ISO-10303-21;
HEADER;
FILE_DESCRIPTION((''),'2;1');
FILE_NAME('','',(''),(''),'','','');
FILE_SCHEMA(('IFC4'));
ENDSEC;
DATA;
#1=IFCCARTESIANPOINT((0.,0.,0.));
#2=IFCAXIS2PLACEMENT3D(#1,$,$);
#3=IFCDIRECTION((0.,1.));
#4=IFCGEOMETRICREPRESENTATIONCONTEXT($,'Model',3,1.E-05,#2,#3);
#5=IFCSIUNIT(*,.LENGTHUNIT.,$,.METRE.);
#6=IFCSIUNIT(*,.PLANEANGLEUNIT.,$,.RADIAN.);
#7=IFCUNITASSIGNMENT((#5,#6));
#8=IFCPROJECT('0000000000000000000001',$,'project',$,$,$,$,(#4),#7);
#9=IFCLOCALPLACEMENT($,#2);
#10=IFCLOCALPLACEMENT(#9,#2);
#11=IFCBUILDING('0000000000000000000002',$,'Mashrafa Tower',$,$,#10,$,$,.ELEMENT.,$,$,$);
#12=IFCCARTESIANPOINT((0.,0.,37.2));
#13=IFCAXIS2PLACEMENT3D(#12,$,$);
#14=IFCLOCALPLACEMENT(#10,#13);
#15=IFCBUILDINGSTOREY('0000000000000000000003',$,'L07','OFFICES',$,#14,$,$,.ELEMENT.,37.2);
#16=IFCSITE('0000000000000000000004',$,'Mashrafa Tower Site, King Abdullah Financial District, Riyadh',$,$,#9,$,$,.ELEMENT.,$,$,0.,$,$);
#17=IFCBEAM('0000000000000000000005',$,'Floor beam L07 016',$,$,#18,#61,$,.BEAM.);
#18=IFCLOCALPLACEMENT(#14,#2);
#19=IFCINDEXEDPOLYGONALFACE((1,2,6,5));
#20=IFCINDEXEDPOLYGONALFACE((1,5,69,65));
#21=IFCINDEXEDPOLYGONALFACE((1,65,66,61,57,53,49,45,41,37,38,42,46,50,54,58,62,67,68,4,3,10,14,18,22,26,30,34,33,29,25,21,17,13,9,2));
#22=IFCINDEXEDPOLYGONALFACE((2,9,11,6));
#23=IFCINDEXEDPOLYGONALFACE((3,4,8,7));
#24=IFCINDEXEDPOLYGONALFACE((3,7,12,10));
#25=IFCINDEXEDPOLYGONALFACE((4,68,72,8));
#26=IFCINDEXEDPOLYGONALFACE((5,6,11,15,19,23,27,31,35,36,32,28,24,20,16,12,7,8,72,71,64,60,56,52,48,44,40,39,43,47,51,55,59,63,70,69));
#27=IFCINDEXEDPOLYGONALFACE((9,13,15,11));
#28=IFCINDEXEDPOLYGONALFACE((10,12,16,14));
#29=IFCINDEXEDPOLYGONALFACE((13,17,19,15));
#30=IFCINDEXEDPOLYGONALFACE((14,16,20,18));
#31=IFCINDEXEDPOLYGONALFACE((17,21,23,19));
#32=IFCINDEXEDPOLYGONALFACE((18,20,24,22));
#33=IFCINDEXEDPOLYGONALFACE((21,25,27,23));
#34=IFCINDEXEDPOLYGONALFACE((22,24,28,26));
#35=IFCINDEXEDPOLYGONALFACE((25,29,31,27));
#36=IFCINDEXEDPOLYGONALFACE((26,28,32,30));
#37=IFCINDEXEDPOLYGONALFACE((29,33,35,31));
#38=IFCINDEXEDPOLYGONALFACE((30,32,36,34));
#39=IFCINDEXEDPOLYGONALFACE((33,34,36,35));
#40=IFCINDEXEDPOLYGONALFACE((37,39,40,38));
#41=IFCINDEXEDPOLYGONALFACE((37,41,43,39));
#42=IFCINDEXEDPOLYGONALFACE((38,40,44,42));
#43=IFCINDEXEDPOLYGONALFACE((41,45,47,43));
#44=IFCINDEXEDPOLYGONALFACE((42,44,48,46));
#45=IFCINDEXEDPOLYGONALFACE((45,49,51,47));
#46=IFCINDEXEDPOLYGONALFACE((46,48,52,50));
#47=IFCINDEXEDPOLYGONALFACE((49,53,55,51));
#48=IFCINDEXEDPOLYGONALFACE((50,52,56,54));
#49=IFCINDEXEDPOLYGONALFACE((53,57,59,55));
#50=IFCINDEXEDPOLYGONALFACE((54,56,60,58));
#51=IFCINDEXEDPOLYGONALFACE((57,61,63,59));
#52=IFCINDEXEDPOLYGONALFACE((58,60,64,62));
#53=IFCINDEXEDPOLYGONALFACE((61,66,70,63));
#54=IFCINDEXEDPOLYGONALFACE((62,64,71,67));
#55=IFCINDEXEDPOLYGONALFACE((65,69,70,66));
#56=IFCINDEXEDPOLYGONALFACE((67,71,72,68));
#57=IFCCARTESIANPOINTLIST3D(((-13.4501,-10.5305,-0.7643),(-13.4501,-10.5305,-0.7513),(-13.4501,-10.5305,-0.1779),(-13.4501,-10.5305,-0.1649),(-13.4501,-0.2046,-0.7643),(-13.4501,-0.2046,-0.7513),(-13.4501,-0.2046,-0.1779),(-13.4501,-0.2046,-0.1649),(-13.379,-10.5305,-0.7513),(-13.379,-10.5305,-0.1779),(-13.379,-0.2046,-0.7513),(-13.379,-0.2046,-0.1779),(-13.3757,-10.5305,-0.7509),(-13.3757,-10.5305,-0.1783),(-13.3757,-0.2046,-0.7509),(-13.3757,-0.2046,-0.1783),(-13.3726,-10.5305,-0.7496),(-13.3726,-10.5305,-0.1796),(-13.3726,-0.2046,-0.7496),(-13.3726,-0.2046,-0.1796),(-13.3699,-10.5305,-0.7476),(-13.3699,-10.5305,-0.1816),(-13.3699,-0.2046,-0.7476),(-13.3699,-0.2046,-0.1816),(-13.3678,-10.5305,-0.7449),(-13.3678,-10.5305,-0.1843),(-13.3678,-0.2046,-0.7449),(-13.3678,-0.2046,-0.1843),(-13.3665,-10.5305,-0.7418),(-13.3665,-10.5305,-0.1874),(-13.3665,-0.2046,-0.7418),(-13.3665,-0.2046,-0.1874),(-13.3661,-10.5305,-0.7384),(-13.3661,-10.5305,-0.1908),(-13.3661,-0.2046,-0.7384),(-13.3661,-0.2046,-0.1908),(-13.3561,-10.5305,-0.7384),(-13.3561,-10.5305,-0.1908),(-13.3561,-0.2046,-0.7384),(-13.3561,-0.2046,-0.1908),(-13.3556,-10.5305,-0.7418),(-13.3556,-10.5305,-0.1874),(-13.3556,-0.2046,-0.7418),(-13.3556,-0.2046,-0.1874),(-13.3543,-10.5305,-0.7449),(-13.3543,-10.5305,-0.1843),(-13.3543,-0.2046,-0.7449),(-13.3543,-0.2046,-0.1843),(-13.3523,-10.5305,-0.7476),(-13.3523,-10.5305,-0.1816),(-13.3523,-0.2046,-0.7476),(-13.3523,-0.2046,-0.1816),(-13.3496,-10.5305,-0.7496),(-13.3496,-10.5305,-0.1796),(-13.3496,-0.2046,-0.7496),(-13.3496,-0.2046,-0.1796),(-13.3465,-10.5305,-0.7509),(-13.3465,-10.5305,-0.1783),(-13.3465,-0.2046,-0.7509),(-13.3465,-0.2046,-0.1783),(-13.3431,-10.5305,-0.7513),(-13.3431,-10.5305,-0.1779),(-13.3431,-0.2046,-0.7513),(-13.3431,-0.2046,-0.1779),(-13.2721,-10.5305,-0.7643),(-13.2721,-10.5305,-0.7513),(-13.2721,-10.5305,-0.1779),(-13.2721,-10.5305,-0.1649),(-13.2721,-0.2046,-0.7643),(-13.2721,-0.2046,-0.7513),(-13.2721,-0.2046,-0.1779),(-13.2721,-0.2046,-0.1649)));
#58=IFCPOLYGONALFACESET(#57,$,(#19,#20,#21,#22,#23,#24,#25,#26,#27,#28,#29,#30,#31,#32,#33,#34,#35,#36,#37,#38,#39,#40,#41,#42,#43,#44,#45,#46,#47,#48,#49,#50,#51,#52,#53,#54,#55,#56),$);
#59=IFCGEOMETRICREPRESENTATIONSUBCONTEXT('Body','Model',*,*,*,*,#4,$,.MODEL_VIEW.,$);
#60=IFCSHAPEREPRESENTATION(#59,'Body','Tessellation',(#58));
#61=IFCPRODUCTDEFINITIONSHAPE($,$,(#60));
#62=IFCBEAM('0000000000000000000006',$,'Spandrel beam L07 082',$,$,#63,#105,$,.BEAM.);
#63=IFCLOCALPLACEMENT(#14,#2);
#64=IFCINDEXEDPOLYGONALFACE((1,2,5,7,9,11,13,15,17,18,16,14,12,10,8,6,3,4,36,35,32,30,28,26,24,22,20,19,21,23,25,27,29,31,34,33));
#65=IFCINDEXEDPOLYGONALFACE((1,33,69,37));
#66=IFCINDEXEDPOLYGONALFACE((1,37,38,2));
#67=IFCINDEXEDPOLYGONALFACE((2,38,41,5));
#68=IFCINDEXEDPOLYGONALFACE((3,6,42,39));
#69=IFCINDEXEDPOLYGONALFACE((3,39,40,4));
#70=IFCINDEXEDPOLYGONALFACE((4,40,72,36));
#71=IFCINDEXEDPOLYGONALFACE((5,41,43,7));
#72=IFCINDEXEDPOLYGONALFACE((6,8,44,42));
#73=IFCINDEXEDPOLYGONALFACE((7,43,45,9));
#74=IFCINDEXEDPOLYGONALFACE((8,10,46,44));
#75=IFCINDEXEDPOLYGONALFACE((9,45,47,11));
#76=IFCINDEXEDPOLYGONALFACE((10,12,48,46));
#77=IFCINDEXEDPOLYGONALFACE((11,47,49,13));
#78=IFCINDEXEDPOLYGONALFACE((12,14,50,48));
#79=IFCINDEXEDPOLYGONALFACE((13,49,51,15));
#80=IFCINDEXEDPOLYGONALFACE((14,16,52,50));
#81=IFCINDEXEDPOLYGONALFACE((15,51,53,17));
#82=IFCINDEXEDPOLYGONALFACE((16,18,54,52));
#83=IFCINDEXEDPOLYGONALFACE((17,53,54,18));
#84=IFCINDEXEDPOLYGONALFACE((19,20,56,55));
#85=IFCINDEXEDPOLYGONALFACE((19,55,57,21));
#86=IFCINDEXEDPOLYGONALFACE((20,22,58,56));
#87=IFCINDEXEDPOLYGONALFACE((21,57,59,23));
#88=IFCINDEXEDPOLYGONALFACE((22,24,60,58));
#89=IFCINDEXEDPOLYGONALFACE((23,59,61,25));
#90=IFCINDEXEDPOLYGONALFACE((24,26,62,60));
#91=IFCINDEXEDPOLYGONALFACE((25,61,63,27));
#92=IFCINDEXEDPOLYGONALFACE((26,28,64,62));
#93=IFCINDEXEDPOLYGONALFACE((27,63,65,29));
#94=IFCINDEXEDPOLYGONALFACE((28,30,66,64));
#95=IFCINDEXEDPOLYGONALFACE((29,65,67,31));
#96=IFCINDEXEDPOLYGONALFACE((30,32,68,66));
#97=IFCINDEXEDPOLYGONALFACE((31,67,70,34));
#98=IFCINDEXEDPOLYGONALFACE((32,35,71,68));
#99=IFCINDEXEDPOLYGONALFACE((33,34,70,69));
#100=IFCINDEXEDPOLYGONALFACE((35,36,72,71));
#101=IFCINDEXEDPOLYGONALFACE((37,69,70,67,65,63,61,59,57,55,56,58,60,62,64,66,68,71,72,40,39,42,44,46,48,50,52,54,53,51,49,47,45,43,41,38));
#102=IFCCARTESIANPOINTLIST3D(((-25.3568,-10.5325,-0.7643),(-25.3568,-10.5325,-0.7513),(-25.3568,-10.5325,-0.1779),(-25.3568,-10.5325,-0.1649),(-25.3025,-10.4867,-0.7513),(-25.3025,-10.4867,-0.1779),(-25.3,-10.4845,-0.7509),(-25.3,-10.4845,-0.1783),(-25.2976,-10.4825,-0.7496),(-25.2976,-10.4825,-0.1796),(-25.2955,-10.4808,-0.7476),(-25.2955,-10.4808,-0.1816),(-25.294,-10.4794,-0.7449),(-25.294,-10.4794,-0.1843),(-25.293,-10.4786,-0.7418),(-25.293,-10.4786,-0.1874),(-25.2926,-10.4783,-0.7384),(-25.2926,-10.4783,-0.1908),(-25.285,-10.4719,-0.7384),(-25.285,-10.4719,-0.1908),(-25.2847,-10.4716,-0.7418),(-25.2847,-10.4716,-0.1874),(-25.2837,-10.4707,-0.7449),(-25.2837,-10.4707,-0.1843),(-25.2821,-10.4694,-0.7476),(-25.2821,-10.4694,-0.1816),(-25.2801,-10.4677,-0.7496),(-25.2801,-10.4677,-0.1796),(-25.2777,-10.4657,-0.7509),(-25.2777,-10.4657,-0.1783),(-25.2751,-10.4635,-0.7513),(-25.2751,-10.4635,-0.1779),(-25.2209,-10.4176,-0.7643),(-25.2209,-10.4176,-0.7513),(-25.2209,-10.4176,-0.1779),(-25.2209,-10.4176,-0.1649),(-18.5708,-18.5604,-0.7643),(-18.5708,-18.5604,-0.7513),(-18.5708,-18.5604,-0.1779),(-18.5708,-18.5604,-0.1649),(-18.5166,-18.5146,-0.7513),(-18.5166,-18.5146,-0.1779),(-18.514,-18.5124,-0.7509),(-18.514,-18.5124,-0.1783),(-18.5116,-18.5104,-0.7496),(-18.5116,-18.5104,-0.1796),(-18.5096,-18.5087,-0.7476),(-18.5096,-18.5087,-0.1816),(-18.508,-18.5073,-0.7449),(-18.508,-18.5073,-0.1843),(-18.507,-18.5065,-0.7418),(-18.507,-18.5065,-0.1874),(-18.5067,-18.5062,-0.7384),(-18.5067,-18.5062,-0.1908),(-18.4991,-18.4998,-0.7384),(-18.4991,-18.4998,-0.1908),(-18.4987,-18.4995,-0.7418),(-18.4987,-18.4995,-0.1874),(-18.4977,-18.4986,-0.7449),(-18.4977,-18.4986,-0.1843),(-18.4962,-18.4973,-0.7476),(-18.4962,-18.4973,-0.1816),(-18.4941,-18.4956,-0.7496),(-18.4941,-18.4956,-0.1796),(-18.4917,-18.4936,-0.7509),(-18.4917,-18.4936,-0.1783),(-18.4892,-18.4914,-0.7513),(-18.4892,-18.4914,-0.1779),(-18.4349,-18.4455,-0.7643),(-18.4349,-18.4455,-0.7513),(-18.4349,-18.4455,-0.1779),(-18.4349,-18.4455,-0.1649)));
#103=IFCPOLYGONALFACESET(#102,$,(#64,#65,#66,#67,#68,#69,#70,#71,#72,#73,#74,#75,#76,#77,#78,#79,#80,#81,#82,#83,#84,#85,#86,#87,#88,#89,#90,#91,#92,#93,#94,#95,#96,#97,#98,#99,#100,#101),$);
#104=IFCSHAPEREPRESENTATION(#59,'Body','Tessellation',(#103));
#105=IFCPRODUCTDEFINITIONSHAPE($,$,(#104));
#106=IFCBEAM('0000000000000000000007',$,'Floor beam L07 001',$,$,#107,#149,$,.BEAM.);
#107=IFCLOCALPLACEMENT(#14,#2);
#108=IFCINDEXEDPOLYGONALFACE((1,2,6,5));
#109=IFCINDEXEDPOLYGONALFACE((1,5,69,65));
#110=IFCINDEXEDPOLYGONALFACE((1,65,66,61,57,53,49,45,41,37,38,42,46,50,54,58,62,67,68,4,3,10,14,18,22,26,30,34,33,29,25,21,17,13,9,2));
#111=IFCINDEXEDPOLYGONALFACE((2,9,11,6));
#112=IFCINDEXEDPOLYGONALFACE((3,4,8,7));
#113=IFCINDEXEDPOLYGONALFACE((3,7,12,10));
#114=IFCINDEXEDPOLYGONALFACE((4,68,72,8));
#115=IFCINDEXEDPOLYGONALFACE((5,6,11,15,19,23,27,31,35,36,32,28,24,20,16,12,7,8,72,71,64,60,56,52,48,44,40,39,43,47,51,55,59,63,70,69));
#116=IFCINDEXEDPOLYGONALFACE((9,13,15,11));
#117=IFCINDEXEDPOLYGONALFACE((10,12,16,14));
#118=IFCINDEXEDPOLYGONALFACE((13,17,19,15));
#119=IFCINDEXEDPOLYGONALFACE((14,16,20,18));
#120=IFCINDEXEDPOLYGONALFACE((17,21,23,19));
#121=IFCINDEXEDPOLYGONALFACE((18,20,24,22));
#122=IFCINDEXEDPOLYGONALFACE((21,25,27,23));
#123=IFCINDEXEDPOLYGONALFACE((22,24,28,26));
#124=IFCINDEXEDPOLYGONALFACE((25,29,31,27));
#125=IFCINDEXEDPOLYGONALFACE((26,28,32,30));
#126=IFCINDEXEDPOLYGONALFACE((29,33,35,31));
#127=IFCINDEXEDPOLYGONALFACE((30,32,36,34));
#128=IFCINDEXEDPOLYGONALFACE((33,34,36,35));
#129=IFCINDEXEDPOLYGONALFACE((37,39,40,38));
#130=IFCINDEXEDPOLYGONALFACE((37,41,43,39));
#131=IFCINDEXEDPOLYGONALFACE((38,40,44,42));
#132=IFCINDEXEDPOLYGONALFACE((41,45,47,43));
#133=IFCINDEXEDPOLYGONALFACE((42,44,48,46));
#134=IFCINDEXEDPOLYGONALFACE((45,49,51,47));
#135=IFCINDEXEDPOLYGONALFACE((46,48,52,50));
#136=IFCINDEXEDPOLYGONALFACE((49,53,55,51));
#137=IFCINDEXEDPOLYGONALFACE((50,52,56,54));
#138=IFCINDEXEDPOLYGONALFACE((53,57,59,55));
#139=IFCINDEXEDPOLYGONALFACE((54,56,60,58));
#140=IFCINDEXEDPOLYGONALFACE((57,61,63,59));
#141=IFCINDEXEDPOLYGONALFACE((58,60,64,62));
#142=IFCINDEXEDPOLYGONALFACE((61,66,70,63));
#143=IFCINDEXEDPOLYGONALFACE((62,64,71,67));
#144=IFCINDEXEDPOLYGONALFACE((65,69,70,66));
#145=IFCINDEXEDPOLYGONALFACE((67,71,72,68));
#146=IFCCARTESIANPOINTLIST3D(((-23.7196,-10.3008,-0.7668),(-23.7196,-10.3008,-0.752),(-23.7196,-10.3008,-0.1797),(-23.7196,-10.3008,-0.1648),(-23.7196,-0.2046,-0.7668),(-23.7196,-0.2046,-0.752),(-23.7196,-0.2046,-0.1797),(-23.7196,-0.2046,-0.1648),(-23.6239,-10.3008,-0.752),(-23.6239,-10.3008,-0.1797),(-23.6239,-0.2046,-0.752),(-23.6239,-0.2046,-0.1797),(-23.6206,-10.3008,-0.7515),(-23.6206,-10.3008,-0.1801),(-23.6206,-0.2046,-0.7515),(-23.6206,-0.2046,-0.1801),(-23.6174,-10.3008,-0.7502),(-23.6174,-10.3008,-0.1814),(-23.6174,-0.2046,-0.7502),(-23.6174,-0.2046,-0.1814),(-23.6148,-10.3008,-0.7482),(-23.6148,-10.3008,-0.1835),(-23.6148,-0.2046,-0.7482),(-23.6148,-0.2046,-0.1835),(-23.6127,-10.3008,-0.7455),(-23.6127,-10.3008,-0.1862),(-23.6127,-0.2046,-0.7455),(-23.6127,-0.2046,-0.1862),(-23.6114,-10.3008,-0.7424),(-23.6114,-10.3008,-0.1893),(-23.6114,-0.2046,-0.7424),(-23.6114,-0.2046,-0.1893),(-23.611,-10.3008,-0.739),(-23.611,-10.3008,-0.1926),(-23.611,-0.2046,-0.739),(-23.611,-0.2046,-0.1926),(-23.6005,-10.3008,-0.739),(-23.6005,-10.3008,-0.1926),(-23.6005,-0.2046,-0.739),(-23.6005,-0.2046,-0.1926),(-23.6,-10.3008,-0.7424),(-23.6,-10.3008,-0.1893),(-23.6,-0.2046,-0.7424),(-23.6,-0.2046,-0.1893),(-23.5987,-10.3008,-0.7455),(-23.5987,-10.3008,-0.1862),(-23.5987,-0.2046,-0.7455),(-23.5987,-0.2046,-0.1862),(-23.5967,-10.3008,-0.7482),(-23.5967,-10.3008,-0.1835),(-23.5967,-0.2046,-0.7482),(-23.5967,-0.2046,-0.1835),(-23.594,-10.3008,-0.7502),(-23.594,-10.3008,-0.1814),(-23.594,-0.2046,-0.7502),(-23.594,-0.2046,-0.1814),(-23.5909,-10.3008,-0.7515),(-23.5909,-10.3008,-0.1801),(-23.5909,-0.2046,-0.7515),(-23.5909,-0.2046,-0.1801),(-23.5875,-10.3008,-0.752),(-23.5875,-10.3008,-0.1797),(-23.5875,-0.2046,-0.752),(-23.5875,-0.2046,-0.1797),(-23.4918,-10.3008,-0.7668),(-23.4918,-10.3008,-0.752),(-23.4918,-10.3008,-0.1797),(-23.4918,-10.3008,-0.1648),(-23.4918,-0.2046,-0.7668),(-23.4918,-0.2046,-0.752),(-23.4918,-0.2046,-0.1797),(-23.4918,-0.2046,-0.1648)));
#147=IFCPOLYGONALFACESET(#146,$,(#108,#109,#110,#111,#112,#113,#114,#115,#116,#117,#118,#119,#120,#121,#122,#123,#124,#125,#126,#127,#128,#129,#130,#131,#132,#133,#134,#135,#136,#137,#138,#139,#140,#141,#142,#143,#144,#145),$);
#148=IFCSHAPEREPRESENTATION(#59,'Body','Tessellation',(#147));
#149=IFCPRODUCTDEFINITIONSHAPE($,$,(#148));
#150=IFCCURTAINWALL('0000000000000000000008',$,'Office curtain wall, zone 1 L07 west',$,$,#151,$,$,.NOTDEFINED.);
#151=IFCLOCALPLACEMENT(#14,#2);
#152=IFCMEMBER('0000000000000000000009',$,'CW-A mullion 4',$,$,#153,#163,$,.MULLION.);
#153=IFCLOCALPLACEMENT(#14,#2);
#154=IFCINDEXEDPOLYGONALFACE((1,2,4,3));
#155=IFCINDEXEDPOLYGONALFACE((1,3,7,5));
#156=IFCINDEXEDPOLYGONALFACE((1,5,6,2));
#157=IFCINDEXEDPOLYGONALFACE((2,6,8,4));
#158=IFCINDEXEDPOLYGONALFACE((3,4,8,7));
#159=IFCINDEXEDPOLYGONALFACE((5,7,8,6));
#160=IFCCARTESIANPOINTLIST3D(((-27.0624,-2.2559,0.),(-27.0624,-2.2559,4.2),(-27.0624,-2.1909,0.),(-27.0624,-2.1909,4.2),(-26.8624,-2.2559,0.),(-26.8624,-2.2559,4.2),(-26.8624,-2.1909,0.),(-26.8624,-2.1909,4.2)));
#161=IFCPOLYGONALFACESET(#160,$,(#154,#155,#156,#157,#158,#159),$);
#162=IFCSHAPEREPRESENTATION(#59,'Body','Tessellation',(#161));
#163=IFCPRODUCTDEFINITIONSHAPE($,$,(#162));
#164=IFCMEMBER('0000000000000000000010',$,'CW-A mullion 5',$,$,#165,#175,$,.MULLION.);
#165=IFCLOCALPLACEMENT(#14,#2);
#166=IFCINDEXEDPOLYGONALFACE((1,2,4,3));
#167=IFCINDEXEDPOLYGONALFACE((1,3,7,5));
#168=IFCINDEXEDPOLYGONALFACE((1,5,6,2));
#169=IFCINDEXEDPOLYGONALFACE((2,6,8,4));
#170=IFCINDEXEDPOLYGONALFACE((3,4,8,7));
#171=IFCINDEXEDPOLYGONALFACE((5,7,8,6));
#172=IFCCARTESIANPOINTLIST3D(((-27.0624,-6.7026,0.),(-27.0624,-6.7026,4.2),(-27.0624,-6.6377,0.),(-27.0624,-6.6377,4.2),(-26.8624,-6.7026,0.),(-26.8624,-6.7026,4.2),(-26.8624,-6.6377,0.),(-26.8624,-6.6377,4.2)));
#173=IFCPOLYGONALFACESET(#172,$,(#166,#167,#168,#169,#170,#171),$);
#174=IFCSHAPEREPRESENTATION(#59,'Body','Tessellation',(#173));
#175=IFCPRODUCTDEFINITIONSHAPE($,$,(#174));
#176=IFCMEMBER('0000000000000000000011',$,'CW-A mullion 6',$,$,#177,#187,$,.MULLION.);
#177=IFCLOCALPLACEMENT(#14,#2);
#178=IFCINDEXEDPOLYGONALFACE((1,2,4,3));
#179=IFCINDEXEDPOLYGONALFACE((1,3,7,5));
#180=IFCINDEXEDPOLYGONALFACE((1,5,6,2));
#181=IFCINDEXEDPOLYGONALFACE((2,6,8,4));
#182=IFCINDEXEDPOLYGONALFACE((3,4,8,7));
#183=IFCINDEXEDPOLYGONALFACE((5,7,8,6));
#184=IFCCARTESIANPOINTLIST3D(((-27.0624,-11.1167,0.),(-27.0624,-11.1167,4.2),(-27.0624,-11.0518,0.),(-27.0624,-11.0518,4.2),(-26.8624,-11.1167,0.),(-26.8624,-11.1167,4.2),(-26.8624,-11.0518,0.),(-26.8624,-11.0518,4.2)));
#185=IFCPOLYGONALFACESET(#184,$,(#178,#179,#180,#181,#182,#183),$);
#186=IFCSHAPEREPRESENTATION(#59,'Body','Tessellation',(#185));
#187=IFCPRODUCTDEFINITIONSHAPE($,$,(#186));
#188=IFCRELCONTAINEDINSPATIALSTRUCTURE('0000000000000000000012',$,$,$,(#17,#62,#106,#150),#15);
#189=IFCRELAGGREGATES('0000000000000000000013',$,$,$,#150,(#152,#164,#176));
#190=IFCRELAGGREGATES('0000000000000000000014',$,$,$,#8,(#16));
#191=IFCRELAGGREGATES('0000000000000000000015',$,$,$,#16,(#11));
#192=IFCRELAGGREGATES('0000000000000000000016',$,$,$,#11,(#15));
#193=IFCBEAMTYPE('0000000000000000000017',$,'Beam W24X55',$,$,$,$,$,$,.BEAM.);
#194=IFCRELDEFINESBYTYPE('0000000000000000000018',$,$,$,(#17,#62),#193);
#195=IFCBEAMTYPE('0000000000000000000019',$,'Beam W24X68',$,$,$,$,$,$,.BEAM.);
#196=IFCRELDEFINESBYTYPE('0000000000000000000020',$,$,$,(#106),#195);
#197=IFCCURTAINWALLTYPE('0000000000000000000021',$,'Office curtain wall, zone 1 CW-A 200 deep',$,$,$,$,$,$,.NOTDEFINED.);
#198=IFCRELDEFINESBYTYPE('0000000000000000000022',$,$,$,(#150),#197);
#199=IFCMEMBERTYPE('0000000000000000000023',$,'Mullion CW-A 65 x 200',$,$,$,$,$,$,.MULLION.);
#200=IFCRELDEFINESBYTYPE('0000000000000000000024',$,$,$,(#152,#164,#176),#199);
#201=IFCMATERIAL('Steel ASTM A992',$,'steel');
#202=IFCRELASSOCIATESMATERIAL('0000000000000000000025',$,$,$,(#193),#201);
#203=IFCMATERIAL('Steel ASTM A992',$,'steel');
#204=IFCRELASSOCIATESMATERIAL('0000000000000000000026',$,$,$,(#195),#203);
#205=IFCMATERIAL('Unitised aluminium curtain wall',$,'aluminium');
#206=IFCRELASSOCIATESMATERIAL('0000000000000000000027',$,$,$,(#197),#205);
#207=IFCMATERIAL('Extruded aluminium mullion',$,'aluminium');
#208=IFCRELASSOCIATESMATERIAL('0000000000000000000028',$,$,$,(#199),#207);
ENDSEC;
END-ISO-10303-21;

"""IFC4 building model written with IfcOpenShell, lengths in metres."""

from ifc_helpers import new_model, si_unit, direction, frame, origin, origin_2d, place, context, subcontext, project, spatial, rectangle, i_section, extrude, source, transform, mapped, material, material_profile, profile_set, type_object, type_shapes, element, aggregate, save


model = new_model("IFC4")

# Units and contexts
model_context = context("Model", 3, precision=1e-05, world=origin(), true_north=direction((0.0, 1.0)))
body_context = subcontext(model_context, "Body", "Model", "MODEL_VIEW")
ifc_project = project(units=[si_unit("LENGTHUNIT", "METRE"), si_unit("PLANEANGLEUNIT", "RADIAN")], contexts=[model_context])

# Site, building, storey
site_placement = place(None, origin())
site = spatial("IfcSite", under=ifc_project, at=site_placement, Name="Mashrafa Tower Site, King Abdullah Financial District, Riyadh", CompositionType="ELEMENT", RefElevation=0.0)
building_placement = place(site_placement, origin())
building = spatial("IfcBuilding", under=site, at=building_placement, Name="Mashrafa Tower", CompositionType="ELEMENT")
storey_placement = place(building_placement, frame((0.0, 0.0, 37.2)))
storey = spatial("IfcBuildingStorey", under=building, at=storey_placement, Name="L07", Description="OFFICES", CompositionType="ELEMENT", Elevation=37.2)

# Beams
ifc_material_1 = material(Name="Steel ASTM A992", Category="steel")
ifc_material_profile_1 = material_profile(ifc_material_1, i_section(OverallWidth=0.178, OverallDepth=0.5994, WebThickness=0.01, FlangeThickness=0.0129, FilletRadius=0.0129, at=origin_2d()), Name="W24X55")
ifc_profile_set_1 = profile_set([ifc_material_profile_1], Name="Steel ASTM A992")
beam_type_1 = type_object("IfcBeamType", Name="Beam W24X55", PredefinedType="BEAM", material=ifc_profile_set_1)
beam_1_placement = place(storey_placement, frame((-13.3611, -10.5305, -0.4646), z_axis=(0.0, 1.0, 0.0), x_axis=(-1.0, 0.0, 0.0)))
element("IfcBeam", 1, at=beam_1_placement, inside=storey, type_object=beam_type_1, Name="Floor beam L07 016", PredefinedType="BEAM", context=body_context, shape_type="SweptSolid", body=[
    extrude(i_section(OverallWidth=0.178, OverallDepth=0.5994, WebThickness=0.01, FlangeThickness=0.0129, FilletRadius=0.0129, at=origin_2d()), origin(), (0.0, 0.0, 1.0), 10.3259),
])
beam_2_placement = place(storey_placement, frame((-25.2888, -10.4751, -0.4646), z_axis=(0.64556, -0.76371, 0.0), x_axis=(0.76371, 0.64556, 0.0)))
element("IfcBeam", 2, at=beam_2_placement, inside=storey, type_object=beam_type_1, Name="Spandrel beam L07 082", PredefinedType="BEAM", context=body_context, shape_type="SweptSolid", body=[
    extrude(i_section(OverallWidth=0.178, OverallDepth=0.5994, WebThickness=0.01, FlangeThickness=0.0129, FilletRadius=0.0129, at=origin_2d()), origin(), (0.0, 0.0, 1.0), 10.5117),
])
ifc_material_2 = material(Name="Steel ASTM A992", Category="steel")
ifc_material_profile_2 = material_profile(ifc_material_2, i_section(OverallWidth=0.2278, OverallDepth=0.6021, WebThickness=0.0105, FlangeThickness=0.0149, FilletRadius=0.0129, at=origin_2d()), Name="W24X68")
ifc_profile_set_2 = profile_set([ifc_material_profile_2], Name="Steel ASTM A992")
beam_type_2 = type_object("IfcBeamType", Name="Beam W24X68", PredefinedType="BEAM", material=ifc_profile_set_2)
beam_3_placement = place(storey_placement, frame((-23.6057, -10.3008, -0.4658), z_axis=(0.0, 1.0, 0.0), x_axis=(-1.0, 0.0, 0.0)))
element("IfcBeam", 3, at=beam_3_placement, inside=storey, type_object=beam_type_2, Name="Floor beam L07 001", PredefinedType="BEAM", context=body_context, shape_type="SweptSolid", body=[
    extrude(i_section(OverallWidth=0.2278, OverallDepth=0.6021, WebThickness=0.0105, FlangeThickness=0.0149, FilletRadius=0.0129, at=origin_2d()), origin(), (0.0, 0.0, 1.0), 10.0962),
])

# Curtain wall, members
ifc_material_3 = material(Name="Unitised aluminium curtain wall", Category="aluminium")
curtain_wall_type = type_object("IfcCurtainWallType", Name="Office curtain wall, zone 1 CW-A 200 deep", PredefinedType="NOTDEFINED", material=ifc_material_3)
curtain_wall_placement = place(storey_placement, origin())
curtain_wall = element("IfcCurtainWall", 4, at=curtain_wall_placement, inside=storey, type_object=curtain_wall_type, Name="Office curtain wall, zone 1 L07 west", PredefinedType="NOTDEFINED")
ifc_material_4 = material(Name="Extruded aluminium mullion", Category="aluminium")
ifc_material_profile_3 = material_profile(ifc_material_4, rectangle(XDim=0.2, YDim=0.0649, at=origin_2d()), Name="Mullion 65x200")
ifc_profile_set_3 = profile_set([ifc_material_profile_3], Name="Extruded aluminium mullion")
member_type_1 = type_object("IfcMemberType", Name="Mullion CW-A 65 x 200", PredefinedType="MULLION", material=ifc_profile_set_3)
shared_shape_1 = source(origin(), body_context, "Body", "SweptSolid", [
    extrude(rectangle(XDim=0.2, YDim=0.0649, at=origin_2d()), origin(), (0.0, 0.0, 1.0), 4.2),
])
type_shapes(member_type_1, [shared_shape_1])
member_1_placement = place(storey_placement, frame((-26.9624, -2.2234, 0.0), z_axis=(0.0, 0.0, 1.0), x_axis=(1.0, 0.0, 0.0)))
member_1 = element("IfcMember", 5, at=member_1_placement, type_object=member_type_1, Name="CW-A mullion 4", PredefinedType="MULLION", context=body_context, shape_type="MappedRepresentation", body=[
    mapped(shared_shape_1, transform((0.0, 0.0, 0.0))),
])
member_2_placement = place(storey_placement, frame((-26.9624, -6.6702, 0.0), z_axis=(0.0, 0.0, 1.0), x_axis=(1.0, 0.0, 0.0)))
member_2 = element("IfcMember", 6, at=member_2_placement, type_object=member_type_1, Name="CW-A mullion 5", PredefinedType="MULLION", context=body_context, shape_type="MappedRepresentation", body=[
    mapped(shared_shape_1, transform((0.0, 0.0, 0.0))),
])
member_3_placement = place(storey_placement, frame((-26.9624, -11.0842, 0.0), z_axis=(0.0, 0.0, 1.0), x_axis=(1.0, 0.0, 0.0)))
member_3 = element("IfcMember", 7, at=member_3_placement, type_object=member_type_1, Name="CW-A mullion 6", PredefinedType="MULLION", context=body_context, shape_type="MappedRepresentation", body=[
    mapped(shared_shape_1, transform((0.0, 0.0, 0.0))),
])
aggregate(curtain_wall, [member_1, member_2, member_3])

save(model, "model.ifc")
